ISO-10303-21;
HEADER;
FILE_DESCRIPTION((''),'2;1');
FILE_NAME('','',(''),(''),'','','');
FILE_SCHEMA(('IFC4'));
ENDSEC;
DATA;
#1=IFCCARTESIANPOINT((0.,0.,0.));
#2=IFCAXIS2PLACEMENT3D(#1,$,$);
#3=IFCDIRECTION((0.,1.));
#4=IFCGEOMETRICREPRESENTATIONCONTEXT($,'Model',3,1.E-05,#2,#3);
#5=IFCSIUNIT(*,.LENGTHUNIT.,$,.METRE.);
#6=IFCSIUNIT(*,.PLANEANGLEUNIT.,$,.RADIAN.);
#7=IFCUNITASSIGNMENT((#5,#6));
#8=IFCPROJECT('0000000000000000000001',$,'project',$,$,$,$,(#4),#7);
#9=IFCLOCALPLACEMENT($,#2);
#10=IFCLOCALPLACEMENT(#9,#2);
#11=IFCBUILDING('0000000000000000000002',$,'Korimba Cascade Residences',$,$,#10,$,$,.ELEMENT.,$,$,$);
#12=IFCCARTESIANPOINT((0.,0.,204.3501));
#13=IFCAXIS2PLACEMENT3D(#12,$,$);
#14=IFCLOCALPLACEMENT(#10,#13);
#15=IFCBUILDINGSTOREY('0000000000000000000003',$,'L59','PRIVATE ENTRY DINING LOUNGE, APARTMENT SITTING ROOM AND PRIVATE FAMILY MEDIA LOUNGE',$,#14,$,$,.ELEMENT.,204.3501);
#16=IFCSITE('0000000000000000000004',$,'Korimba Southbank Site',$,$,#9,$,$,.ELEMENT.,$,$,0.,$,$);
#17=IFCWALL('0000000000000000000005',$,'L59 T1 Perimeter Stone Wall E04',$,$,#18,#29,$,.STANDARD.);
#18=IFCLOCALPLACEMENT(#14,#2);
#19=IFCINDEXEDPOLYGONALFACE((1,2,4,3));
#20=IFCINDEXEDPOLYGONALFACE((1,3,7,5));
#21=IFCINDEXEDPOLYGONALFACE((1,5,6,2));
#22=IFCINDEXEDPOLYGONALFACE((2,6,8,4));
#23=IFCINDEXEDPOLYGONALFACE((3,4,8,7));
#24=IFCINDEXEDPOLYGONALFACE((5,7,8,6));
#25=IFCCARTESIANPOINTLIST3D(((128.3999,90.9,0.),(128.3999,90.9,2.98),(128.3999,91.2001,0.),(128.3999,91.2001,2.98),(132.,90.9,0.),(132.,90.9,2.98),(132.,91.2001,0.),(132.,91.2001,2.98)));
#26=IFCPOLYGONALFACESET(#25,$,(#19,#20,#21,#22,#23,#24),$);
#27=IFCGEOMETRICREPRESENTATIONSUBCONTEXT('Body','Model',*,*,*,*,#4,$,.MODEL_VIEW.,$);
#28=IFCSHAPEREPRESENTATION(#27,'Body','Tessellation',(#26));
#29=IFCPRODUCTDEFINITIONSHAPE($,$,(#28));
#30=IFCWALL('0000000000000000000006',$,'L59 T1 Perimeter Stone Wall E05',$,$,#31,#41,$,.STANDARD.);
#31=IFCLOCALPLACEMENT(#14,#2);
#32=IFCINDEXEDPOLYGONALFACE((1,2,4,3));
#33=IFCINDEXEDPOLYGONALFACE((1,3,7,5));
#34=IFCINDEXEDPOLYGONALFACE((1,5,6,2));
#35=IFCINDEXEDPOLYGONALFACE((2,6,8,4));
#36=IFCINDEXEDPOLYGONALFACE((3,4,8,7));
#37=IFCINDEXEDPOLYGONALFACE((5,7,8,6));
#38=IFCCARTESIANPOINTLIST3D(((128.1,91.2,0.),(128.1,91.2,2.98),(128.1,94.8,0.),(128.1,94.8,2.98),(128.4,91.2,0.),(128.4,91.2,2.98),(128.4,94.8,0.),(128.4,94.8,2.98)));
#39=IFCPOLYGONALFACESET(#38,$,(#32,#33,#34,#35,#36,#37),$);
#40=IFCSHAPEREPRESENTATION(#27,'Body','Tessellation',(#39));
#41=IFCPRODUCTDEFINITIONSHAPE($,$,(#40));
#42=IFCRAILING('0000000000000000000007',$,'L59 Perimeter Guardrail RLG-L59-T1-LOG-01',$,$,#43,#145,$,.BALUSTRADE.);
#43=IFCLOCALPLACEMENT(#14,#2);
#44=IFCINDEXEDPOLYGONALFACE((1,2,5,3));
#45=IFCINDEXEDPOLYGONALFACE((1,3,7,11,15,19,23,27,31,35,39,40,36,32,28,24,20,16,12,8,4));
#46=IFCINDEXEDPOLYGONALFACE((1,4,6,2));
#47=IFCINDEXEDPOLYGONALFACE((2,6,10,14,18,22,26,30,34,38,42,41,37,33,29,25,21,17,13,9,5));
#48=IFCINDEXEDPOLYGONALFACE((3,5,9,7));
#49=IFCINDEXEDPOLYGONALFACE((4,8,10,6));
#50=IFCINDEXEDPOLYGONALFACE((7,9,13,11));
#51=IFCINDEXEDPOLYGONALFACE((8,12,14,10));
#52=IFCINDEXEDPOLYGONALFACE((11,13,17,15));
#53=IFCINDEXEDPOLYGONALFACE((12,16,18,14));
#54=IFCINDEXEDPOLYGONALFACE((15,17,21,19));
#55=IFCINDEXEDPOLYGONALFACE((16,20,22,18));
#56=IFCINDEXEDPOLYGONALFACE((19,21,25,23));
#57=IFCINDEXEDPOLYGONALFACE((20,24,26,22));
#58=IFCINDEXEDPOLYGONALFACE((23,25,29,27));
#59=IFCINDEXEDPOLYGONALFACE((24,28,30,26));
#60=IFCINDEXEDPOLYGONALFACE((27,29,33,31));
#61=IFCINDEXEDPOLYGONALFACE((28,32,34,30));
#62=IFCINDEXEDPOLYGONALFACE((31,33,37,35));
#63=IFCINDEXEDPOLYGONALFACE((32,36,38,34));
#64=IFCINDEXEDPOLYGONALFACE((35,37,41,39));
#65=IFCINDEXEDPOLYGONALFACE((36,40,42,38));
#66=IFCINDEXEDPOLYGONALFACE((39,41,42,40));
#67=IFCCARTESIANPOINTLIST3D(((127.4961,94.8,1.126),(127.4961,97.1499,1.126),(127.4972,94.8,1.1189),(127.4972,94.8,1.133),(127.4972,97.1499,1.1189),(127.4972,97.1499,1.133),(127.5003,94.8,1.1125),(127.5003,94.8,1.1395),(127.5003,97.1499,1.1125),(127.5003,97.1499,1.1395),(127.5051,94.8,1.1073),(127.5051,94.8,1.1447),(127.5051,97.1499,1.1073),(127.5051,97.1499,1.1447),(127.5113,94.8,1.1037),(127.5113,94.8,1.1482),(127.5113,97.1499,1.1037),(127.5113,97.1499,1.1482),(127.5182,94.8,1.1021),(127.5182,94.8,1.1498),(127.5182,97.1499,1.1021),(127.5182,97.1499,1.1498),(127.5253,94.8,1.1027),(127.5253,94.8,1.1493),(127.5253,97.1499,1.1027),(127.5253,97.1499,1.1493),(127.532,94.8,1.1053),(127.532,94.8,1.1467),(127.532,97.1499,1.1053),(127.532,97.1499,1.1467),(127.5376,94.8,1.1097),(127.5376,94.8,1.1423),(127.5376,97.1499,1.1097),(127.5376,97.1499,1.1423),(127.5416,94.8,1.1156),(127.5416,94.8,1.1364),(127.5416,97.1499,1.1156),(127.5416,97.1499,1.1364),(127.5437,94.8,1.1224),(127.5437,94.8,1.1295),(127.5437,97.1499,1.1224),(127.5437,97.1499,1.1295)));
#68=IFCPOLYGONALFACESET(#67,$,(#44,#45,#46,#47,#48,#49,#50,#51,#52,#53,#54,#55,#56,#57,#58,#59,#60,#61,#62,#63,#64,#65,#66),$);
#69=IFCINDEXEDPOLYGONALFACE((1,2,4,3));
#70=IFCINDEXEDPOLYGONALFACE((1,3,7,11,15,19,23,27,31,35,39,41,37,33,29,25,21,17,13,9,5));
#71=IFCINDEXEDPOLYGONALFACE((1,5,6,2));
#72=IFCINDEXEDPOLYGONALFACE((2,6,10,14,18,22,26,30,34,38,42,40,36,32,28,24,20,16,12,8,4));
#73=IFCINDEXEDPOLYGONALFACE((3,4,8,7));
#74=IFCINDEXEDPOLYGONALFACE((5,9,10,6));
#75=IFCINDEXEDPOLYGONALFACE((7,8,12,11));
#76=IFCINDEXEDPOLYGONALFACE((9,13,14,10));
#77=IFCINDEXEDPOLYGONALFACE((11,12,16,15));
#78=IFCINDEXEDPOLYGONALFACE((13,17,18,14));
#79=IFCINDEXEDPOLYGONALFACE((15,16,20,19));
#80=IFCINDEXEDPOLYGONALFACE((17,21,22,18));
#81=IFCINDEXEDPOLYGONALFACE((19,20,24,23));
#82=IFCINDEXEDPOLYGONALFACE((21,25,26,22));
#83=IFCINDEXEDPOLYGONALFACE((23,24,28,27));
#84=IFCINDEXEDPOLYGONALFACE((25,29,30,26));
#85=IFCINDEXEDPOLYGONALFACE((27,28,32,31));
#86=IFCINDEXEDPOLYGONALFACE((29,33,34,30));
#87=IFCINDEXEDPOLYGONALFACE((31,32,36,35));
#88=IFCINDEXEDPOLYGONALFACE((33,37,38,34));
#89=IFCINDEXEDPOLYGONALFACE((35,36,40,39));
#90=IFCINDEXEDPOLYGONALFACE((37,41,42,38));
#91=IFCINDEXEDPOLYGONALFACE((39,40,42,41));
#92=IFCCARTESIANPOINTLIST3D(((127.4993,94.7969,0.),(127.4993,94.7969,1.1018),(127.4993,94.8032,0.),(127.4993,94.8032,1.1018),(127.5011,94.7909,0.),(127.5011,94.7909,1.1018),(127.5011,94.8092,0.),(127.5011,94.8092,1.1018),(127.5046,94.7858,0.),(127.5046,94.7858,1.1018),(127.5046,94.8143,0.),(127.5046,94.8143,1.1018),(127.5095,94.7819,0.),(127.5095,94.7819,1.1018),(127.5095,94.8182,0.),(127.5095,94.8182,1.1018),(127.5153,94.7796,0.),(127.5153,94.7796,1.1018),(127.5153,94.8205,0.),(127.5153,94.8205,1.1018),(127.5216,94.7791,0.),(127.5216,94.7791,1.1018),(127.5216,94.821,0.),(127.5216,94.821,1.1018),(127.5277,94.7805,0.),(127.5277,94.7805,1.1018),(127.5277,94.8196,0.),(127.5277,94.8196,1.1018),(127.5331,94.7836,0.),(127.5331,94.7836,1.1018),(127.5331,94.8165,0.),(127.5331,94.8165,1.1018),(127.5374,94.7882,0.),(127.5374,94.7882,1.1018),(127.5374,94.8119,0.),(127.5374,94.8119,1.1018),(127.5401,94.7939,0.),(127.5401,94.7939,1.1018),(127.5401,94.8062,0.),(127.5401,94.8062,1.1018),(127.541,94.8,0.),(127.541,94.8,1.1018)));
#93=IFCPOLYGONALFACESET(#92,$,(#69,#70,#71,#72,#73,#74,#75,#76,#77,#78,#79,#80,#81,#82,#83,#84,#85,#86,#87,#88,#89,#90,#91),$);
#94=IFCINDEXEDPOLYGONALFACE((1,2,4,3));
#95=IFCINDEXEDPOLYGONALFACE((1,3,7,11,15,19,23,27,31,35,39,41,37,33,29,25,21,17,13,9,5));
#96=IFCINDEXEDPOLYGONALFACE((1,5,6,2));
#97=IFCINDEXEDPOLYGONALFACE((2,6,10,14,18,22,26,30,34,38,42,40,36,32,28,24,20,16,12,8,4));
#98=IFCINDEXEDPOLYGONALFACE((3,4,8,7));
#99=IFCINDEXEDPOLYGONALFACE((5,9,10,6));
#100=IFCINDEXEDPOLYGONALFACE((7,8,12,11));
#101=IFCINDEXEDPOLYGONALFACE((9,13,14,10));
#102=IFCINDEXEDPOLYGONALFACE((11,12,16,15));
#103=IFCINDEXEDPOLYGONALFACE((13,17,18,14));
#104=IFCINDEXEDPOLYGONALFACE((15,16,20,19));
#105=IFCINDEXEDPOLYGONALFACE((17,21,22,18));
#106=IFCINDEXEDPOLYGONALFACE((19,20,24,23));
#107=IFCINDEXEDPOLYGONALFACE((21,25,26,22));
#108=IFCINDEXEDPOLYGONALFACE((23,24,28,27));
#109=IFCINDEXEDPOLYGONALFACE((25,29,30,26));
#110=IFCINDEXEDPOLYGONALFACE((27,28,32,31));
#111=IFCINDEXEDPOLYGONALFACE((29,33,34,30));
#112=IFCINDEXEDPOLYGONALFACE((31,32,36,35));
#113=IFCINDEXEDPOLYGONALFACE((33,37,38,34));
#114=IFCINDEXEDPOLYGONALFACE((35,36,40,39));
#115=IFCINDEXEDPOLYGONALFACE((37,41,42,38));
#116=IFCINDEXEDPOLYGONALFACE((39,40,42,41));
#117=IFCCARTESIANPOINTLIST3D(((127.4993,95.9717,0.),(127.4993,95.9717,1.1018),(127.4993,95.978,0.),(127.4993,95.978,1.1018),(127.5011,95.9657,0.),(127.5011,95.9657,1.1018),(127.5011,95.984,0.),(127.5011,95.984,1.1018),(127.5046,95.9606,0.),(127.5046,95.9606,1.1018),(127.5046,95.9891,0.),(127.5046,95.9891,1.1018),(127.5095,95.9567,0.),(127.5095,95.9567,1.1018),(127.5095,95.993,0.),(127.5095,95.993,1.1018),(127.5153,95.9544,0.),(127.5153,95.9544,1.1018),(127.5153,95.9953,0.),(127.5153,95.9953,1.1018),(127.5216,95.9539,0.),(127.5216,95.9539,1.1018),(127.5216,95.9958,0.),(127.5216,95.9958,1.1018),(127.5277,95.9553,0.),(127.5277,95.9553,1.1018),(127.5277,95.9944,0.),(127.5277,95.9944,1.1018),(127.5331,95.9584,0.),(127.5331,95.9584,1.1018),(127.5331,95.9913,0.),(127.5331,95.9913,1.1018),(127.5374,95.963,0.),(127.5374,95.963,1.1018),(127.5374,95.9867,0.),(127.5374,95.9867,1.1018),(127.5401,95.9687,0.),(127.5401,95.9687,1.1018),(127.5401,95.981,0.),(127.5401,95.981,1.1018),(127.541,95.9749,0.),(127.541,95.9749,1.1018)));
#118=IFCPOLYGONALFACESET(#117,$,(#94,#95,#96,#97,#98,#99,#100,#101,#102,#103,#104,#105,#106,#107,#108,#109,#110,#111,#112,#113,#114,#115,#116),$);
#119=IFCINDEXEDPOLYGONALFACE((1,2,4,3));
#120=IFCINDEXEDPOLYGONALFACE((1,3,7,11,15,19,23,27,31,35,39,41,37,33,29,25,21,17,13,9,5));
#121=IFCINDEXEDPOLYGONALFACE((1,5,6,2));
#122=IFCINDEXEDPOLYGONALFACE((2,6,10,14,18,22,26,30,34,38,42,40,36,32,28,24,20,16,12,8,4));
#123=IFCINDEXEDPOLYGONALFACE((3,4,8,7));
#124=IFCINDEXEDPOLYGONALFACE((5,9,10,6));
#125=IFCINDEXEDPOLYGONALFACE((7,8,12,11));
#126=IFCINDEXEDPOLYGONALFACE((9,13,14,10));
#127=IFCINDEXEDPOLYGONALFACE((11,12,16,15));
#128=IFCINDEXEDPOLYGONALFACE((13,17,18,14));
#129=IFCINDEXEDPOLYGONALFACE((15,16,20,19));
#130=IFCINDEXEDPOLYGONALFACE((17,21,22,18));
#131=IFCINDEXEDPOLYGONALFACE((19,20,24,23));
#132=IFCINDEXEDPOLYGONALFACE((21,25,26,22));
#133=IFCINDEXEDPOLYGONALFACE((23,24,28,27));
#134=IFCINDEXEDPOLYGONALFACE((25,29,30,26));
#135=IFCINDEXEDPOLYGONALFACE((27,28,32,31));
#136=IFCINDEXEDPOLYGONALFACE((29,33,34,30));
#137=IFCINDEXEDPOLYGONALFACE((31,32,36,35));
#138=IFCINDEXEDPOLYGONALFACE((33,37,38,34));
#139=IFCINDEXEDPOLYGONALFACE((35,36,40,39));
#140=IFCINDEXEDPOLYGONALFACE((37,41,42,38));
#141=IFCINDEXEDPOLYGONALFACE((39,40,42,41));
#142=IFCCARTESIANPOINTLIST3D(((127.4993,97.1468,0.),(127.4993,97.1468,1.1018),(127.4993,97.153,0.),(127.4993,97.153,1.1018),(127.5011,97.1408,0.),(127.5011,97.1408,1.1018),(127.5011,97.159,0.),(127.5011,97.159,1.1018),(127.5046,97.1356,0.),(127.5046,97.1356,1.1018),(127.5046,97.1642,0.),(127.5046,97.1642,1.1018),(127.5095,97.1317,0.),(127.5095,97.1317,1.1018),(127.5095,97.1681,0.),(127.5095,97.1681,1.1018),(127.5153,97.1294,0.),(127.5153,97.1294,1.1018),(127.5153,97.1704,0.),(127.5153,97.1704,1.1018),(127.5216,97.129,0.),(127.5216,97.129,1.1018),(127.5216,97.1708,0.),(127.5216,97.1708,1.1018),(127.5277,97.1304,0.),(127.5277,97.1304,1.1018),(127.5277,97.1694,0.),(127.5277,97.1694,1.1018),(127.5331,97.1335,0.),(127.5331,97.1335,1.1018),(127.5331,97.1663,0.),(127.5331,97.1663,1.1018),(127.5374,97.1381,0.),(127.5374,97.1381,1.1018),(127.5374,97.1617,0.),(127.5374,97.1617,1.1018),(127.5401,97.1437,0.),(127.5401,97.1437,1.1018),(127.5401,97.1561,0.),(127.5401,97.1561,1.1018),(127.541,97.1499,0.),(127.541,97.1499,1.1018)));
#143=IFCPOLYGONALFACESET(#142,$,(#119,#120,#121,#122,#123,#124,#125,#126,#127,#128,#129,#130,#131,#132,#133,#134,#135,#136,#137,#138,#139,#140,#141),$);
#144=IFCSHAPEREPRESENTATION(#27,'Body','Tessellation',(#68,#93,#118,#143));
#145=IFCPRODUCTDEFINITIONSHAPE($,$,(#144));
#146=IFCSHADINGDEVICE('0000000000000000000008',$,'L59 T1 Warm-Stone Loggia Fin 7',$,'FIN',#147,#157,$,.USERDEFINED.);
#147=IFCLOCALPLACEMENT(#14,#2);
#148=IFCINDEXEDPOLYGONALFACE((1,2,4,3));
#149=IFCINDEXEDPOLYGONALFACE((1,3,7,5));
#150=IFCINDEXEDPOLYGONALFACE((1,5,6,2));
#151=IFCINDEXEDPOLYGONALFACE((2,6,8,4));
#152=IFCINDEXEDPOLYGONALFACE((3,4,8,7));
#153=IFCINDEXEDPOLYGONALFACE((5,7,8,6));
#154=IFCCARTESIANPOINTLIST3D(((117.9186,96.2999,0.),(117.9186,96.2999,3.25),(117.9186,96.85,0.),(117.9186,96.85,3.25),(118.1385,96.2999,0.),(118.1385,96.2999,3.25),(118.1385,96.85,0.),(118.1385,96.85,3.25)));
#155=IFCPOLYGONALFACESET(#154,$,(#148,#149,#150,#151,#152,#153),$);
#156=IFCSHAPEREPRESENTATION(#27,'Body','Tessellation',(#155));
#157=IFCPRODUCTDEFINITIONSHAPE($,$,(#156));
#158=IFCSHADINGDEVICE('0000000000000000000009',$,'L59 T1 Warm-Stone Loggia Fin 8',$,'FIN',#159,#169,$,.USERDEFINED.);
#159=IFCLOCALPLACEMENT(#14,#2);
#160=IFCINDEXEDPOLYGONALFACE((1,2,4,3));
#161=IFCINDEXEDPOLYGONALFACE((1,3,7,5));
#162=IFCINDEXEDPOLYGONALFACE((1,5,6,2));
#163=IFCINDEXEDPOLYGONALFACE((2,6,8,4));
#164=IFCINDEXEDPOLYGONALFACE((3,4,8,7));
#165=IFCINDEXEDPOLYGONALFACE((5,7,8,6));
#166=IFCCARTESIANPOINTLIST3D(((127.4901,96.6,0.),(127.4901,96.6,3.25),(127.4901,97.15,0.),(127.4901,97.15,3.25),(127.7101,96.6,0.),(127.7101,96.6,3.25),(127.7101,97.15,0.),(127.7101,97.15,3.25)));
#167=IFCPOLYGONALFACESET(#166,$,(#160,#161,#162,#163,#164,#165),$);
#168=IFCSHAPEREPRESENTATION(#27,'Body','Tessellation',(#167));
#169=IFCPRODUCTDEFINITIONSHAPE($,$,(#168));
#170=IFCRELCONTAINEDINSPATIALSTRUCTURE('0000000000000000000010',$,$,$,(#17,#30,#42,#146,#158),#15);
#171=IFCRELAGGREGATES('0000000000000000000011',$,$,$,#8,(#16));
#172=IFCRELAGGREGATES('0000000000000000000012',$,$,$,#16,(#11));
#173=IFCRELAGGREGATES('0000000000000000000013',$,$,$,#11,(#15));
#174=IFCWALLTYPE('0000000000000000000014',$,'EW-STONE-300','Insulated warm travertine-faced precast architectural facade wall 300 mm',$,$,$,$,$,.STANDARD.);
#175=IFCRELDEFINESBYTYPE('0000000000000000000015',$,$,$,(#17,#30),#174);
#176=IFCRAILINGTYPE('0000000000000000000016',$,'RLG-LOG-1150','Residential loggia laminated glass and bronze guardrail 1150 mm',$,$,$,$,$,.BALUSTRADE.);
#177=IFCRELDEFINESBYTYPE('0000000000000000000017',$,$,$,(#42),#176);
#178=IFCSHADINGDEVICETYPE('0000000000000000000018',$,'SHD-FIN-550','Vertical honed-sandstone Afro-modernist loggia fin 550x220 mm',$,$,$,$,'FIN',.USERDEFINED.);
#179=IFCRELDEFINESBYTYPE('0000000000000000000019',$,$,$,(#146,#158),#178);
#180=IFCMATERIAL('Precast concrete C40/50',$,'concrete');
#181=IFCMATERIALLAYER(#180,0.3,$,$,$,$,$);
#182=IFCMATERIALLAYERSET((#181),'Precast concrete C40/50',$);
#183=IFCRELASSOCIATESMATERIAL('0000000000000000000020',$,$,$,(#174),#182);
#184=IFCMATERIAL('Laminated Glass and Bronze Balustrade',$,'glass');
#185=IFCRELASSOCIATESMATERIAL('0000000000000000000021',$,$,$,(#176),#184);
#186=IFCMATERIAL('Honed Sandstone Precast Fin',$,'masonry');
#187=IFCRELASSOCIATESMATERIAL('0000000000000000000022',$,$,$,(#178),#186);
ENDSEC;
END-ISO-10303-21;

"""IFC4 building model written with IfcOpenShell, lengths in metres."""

from ifc_helpers import new_model, si_unit, direction, frame, frame_2d, origin, origin_2d, place, context, subcontext, project, spatial, rectangle, circle, extrude, material, layer, layer_set, type_object, element, save


model = new_model("IFC4")

# Units and contexts
model_context = context("Model", 3, precision=1e-05, world=origin(), true_north=direction((0.0, 1.0)))
body_context = subcontext(model_context, "Body", "Model", "MODEL_VIEW")
ifc_project = project(units=[si_unit("LENGTHUNIT", "METRE"), si_unit("PLANEANGLEUNIT", "RADIAN")], contexts=[model_context])

# Site, building, storey
site_placement = place(None, origin())
site = spatial("IfcSite", under=ifc_project, at=site_placement, Name="Korimba Southbank Site", CompositionType="ELEMENT", RefElevation=0.0)
building_placement = place(site_placement, origin())
building = spatial("IfcBuilding", under=site, at=building_placement, Name="Korimba Cascade Residences", CompositionType="ELEMENT")
storey_placement = place(building_placement, frame((0.0, 0.0, 204.3501)))
storey = spatial("IfcBuildingStorey", under=building, at=storey_placement, Name="L59", Description="PRIVATE ENTRY DINING LOUNGE, APARTMENT SITTING ROOM AND PRIVATE FAMILY MEDIA LOUNGE", CompositionType="ELEMENT", Elevation=204.3501)

# Shared definitions
ifc_material_1 = material(Name="Precast concrete C40/50", Category="concrete")

# Walls
ifc_layer_1 = layer(ifc_material_1, 0.3)
ifc_layer_set_1 = layer_set([ifc_layer_1], Name="Precast concrete C40/50")
wall_type_1 = type_object("IfcWallType", Name="EW-STONE-300", Description="Insulated warm travertine-faced precast architectural facade wall 300 mm", PredefinedType="STANDARD", material=ifc_layer_set_1)
for number, where, z_axis, x_axis, name in (
    (1, (132.0, 91.05, 0.0), (0.0, 0.0, 1.0), (-1.0, 0.0, 0.0), "L59 T1 Perimeter Stone Wall E04"),
    (2, (128.25, 91.2, 0.0), (0.0, 0.0, 1.0), (0.0, 1.0, 0.0), "L59 T1 Perimeter Stone Wall E05"),
):
    element("IfcWall", number, at=place(storey_placement, frame(where, z_axis=z_axis, x_axis=x_axis)), inside=storey, type_object=wall_type_1, Name=name, PredefinedType="STANDARD", context=body_context, shape_type="SweptSolid", body=[
        extrude(rectangle(XDim=3.6001, YDim=0.3, at=frame_2d((1.8, 0.0))), origin(), (0.0, 0.0, 1.0), 2.98),
    ])

# Railing
ifc_material_2 = material(Name="Laminated Glass and Bronze Balustrade", Category="glass")
railing_type = type_object("IfcRailingType", Name="RLG-LOG-1150", Description="Residential loggia laminated glass and bronze guardrail 1150 mm", PredefinedType="BALUSTRADE", material=ifc_material_2)
railing_placement = place(storey_placement, frame((127.52, 94.8, 0.0)))
element("IfcRailing", 3, at=railing_placement, inside=storey, type_object=railing_type, Name="L59 Perimeter Guardrail RLG-L59-T1-LOG-01", PredefinedType="BALUSTRADE", context=body_context, shape_type="SweptSolid", body=[
    extrude(circle(Radius=0.0239, at=origin_2d()), frame((0.0, 0.0, 1.126), z_axis=(0.0, 1.0, 0.0), x_axis=(-1.0, 0.0, 0.0)), (0.0, 0.0, 1.0), 2.3499),
    extrude(circle(Radius=0.021, at=origin_2d()), origin(), (0.0, 0.0, 1.0), 1.1018),
    extrude(circle(Radius=0.021, at=origin_2d()), frame((0.0, 1.1748, 0.0)), (0.0, 0.0, 1.0), 1.1018),
    extrude(circle(Radius=0.021, at=origin_2d()), frame((0.0, 2.3499, 0.0)), (0.0, 0.0, 1.0), 1.1018),
])

# Shading devices
ifc_material_3 = material(Name="Honed Sandstone Precast Fin", Category="masonry")
shading_device_type = type_object("IfcShadingDeviceType", Name="SHD-FIN-550", Description="Vertical honed-sandstone Afro-modernist loggia fin 550x220 mm", ElementType="FIN", PredefinedType="USERDEFINED", material=ifc_material_3)
for number, where, z_axis, x_axis, name in (
    (4, (118.0286, 96.575, 0.0), (0.0, 0.0, 1.0), (1.0, 0.0, 0.0), "L59 T1 Warm-Stone Loggia Fin 7"),
    (5, (127.6001, 96.875, 0.0), (0.0, 0.0, 1.0), (1.0, 0.0, 0.0), "L59 T1 Warm-Stone Loggia Fin 8"),
):
    element("IfcShadingDevice", number, at=place(storey_placement, frame(where, z_axis=z_axis, x_axis=x_axis)), inside=storey, type_object=shading_device_type, Name=name, ObjectType="FIN", PredefinedType="USERDEFINED", context=body_context, shape_type="SweptSolid", body=[
        extrude(rectangle(XDim=0.22, YDim=0.55, at=origin_2d()), origin(), (0.0, 0.0, 1.0), 3.25),
    ])

save(model, "model.ifc")
